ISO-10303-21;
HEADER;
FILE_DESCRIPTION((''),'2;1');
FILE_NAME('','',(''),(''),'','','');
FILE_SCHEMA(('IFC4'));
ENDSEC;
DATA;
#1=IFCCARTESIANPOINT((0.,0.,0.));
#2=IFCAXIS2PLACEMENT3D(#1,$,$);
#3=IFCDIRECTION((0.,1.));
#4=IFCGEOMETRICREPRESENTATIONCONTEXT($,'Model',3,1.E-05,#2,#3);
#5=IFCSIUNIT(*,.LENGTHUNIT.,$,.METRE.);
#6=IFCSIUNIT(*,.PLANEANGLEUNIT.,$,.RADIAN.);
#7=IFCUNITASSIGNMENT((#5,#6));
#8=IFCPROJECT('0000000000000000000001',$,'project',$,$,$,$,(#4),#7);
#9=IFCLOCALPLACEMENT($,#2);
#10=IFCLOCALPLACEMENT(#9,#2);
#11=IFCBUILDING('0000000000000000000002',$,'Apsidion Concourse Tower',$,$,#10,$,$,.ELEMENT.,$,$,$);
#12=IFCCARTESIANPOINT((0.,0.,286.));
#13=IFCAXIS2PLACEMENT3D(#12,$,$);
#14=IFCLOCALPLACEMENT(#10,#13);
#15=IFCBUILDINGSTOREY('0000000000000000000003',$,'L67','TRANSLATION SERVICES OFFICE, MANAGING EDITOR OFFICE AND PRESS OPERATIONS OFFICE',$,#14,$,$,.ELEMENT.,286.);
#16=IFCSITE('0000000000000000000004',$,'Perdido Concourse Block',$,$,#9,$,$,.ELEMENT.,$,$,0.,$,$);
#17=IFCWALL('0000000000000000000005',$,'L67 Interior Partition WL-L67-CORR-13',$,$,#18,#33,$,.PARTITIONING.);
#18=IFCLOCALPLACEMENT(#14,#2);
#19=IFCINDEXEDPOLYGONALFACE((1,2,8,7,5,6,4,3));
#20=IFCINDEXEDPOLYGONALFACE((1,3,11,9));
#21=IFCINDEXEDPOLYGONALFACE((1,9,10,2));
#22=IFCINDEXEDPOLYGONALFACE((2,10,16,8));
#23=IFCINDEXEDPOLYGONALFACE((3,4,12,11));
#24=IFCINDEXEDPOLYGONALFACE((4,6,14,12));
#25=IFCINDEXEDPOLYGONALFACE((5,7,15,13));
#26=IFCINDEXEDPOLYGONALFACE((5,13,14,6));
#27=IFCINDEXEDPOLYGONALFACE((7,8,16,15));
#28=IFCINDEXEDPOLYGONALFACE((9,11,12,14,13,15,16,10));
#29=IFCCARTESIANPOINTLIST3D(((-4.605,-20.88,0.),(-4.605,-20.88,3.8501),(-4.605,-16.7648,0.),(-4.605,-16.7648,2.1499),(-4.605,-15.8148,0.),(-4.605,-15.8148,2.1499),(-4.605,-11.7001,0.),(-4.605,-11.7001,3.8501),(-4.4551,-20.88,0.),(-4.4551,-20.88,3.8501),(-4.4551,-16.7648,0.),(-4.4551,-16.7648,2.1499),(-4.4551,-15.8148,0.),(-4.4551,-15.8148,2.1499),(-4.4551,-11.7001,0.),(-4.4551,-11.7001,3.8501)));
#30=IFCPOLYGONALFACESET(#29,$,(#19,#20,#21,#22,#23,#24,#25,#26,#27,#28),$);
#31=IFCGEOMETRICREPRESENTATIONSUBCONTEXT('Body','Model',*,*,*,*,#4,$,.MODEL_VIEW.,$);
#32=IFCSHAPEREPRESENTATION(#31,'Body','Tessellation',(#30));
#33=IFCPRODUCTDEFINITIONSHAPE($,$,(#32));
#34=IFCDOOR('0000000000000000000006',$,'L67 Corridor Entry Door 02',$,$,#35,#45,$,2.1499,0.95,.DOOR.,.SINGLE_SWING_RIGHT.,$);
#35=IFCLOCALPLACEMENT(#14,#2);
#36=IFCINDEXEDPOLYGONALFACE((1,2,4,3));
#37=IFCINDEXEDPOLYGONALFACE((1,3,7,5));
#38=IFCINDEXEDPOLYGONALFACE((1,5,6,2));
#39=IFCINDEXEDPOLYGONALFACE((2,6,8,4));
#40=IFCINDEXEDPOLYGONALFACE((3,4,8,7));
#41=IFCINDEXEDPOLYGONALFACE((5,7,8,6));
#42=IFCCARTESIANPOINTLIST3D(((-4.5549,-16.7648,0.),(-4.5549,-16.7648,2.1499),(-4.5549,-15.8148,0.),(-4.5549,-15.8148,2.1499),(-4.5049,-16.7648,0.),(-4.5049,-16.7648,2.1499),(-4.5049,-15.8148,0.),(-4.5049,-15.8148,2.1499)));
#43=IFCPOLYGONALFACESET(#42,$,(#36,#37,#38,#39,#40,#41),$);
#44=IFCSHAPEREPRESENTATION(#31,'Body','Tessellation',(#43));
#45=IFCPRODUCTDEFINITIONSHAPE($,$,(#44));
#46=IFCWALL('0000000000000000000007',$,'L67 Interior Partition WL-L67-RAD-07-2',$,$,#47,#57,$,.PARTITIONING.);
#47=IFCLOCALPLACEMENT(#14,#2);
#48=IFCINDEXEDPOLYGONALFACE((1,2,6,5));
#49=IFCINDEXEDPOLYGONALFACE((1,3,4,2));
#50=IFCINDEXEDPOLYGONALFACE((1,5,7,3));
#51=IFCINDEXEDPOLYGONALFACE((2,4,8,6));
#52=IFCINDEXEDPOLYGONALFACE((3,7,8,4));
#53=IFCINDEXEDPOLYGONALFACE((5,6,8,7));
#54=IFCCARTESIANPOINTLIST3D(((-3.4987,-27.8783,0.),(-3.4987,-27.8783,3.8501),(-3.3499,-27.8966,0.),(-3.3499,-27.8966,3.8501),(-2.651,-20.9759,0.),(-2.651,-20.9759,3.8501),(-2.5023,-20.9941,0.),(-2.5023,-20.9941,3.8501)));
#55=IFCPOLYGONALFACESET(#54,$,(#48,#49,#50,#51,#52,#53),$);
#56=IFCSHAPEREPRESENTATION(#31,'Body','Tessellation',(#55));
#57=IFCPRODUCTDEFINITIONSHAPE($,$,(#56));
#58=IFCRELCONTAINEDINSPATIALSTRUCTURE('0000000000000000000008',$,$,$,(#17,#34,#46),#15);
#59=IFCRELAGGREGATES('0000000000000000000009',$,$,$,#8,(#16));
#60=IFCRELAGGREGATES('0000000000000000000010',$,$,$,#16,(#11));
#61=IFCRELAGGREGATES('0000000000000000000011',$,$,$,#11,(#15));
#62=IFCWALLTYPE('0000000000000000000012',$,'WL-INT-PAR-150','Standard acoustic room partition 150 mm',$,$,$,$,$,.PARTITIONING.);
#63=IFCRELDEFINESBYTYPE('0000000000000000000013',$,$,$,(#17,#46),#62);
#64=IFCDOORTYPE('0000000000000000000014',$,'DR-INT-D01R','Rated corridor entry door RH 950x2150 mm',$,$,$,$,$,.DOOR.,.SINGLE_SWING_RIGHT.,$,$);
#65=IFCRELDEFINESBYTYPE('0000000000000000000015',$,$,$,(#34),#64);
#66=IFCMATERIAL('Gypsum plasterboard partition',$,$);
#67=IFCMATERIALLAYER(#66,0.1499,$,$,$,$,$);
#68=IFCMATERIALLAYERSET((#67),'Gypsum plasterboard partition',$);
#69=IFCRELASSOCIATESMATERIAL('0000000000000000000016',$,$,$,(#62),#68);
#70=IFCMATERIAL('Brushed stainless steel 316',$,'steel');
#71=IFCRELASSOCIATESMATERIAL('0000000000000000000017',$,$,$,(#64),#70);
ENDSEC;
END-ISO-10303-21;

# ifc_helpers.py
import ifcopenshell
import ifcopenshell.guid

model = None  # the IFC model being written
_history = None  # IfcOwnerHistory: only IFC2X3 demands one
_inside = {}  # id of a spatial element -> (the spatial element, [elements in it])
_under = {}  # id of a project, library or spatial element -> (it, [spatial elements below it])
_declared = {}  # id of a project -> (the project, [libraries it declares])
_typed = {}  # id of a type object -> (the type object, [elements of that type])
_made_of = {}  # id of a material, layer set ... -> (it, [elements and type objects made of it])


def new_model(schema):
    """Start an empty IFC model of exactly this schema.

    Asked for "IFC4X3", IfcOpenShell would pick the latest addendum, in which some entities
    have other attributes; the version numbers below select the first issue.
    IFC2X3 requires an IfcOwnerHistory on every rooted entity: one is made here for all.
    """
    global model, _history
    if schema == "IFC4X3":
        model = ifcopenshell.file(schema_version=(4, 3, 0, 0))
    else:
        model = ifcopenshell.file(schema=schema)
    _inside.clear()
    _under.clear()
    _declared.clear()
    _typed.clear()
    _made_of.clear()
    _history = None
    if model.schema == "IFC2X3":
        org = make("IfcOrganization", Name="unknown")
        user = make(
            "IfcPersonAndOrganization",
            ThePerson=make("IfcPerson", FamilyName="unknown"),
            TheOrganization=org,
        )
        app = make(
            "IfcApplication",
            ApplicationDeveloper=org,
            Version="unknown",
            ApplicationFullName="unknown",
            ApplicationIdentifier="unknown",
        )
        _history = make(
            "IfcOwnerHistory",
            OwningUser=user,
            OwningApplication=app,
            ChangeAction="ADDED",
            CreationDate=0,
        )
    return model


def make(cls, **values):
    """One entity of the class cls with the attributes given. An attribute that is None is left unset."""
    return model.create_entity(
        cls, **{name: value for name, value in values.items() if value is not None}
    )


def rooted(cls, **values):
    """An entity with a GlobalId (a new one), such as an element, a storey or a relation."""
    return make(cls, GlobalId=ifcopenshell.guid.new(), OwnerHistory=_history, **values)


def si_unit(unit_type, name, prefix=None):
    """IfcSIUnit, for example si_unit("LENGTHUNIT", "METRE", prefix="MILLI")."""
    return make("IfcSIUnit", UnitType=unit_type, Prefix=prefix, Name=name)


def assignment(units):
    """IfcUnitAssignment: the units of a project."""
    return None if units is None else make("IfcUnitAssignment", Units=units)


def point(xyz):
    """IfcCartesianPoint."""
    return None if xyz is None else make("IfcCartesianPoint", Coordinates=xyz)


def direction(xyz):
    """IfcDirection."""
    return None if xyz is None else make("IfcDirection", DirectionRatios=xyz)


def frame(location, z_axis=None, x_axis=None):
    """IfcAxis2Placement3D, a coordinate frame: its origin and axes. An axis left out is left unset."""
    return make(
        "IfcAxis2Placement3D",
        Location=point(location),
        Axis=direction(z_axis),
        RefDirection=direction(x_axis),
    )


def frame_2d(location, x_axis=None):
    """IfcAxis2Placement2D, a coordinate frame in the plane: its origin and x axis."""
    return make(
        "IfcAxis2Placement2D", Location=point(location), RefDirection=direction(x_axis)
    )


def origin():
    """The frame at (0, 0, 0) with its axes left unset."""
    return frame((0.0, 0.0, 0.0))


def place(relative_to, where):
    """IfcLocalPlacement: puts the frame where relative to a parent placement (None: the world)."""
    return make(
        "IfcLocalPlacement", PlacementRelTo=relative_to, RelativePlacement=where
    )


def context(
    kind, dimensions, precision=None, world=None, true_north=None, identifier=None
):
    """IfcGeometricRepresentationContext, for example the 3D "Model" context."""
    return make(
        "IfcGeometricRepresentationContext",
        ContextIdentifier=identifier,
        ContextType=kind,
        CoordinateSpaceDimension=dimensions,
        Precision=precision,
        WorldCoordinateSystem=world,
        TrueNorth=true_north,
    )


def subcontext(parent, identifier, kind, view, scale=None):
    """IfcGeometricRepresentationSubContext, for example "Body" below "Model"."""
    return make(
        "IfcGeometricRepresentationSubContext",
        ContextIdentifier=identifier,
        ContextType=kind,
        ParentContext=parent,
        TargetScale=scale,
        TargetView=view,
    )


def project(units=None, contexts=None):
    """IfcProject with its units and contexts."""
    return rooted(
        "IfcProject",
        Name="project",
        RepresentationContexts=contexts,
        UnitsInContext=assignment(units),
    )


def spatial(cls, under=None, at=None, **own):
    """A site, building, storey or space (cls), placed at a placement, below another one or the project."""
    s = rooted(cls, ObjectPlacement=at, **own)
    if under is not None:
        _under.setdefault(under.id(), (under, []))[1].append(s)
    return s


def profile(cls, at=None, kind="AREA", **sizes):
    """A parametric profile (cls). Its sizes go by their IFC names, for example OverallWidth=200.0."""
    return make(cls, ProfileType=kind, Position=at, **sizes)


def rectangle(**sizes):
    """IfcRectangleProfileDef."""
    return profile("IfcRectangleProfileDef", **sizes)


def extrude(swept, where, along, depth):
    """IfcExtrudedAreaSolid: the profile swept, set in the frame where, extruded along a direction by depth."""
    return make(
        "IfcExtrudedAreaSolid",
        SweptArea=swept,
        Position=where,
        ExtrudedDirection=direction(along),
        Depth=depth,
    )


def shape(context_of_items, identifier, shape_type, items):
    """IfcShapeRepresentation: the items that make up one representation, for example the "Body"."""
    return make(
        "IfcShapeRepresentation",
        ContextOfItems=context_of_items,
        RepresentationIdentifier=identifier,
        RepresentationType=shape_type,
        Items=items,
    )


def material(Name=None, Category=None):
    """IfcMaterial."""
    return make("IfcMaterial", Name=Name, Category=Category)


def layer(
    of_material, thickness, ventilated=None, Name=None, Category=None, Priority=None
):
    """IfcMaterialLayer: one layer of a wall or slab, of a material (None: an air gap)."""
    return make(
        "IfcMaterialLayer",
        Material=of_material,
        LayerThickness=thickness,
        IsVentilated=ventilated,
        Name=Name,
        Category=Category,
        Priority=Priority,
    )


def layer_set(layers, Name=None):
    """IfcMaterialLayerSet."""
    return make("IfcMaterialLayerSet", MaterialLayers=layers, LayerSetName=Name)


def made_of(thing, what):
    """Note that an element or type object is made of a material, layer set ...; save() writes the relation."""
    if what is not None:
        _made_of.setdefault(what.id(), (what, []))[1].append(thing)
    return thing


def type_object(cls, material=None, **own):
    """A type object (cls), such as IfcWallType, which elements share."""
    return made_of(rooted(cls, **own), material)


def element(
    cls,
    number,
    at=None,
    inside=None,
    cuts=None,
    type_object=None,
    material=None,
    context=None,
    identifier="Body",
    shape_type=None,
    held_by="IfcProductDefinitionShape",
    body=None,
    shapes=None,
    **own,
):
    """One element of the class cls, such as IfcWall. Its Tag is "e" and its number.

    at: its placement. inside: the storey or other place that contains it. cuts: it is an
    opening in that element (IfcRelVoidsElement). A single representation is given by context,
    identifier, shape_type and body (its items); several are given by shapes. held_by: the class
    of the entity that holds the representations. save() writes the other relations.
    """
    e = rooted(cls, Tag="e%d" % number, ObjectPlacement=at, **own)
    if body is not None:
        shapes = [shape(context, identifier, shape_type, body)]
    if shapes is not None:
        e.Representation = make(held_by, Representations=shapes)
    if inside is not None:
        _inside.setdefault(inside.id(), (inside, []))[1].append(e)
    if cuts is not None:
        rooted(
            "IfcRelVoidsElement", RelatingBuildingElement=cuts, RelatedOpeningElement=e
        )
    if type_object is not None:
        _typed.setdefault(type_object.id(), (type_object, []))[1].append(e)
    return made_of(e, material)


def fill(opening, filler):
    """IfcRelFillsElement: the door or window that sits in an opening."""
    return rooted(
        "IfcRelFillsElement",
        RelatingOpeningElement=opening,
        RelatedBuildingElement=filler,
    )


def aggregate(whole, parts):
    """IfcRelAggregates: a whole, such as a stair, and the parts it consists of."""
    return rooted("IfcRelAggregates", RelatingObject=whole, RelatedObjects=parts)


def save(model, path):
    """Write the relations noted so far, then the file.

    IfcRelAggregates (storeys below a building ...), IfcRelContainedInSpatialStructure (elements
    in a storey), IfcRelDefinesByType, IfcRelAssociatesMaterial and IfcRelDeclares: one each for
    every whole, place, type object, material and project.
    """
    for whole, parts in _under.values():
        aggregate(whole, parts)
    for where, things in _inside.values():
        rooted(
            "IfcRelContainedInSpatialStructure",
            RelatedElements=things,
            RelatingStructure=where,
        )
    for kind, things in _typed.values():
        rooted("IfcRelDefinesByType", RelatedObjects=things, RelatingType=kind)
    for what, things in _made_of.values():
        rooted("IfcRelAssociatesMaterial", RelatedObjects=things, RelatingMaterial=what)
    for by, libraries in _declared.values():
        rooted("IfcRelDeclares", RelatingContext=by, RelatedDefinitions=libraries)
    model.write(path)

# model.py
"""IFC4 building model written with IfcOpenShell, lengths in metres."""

from ifc_helpers import new_model, si_unit, direction, frame, frame_2d, origin, place, context, subcontext, project, spatial, rectangle, extrude, material, layer, layer_set, type_object, element, fill, save


model = new_model("IFC4")

# Units and contexts
model_context = context("Model", 3, precision=1e-05, world=origin(), true_north=direction((0.0, 1.0)))
body_context = subcontext(model_context, "Body", "Model", "MODEL_VIEW")
ifc_project = project(units=[si_unit("LENGTHUNIT", "METRE"), si_unit("PLANEANGLEUNIT", "RADIAN")], contexts=[model_context])

# Site, building, storey
site_placement = place(None, origin())
site = spatial("IfcSite", under=ifc_project, at=site_placement, Name="Perdido Concourse Block", CompositionType="ELEMENT", RefElevation=0.0)
building_placement = place(site_placement, origin())
building = spatial("IfcBuilding", under=site, at=building_placement, Name="Apsidion Concourse Tower", CompositionType="ELEMENT")
storey_placement = place(building_placement, frame((0.0, 0.0, 286.0)))
storey = spatial("IfcBuildingStorey", under=building, at=storey_placement, Name="L67", Description="TRANSLATION SERVICES OFFICE, MANAGING EDITOR OFFICE AND PRESS OPERATIONS OFFICE", CompositionType="ELEMENT", Elevation=286.0)

# Wall, opening, door
ifc_material_1 = material(Name="Gypsum plasterboard partition")
ifc_layer_1 = layer(ifc_material_1, 0.1499)
ifc_layer_set_1 = layer_set([ifc_layer_1], Name="Gypsum plasterboard partition")
wall_type_1 = type_object("IfcWallType", Name="WL-INT-PAR-150", Description="Standard acoustic room partition 150 mm", PredefinedType="PARTITIONING", material=ifc_layer_set_1)
wall_1_placement = place(storey_placement, frame((-4.53, -20.8799, 0.0), z_axis=(0.0, 0.0, 1.0), x_axis=(0.0, 1.0, 0.0)))
wall_1 = element("IfcWall", 1, at=wall_1_placement, inside=storey, type_object=wall_type_1, Name="L67 Interior Partition WL-L67-CORR-13", PredefinedType="PARTITIONING", context=body_context, shape_type="SweptSolid", body=[
    extrude(rectangle(XDim=9.1799, YDim=0.1499, at=frame_2d((4.5898, 0.0))), origin(), (0.0, 0.0, 1.0), 3.8501),
])
opening_1_placement = place(wall_1_placement, frame((4.115, 0.0, 0.0)))
opening_1 = element("IfcOpeningElement", 2, at=opening_1_placement, cuts=wall_1, PredefinedType="OPENING", context=body_context, shape_type="SweptSolid", body=[
    extrude(rectangle(XDim=0.95, YDim=2.1499, at=frame_2d((0.4751, 1.075))), frame((0.0, 0.085, 0.0), z_axis=(0.0, -1.0, 0.0), x_axis=(1.0, 0.0, 0.0)), (0.0, 0.0, 1.0), 0.1699),
])
ifc_material_2 = material(Name="Brushed stainless steel 316", Category="steel")
door_type = type_object("IfcDoorType", Name="DR-INT-D01R", Description="Rated corridor entry door RH 950x2150 mm", OperationType="SINGLE_SWING_RIGHT", PredefinedType="DOOR", material=ifc_material_2)
door_placement = place(opening_1_placement, origin())
door = element("IfcDoor", 3, at=door_placement, inside=storey, type_object=door_type, Name="L67 Corridor Entry Door 02", OperationType="SINGLE_SWING_RIGHT", OverallHeight=2.1499, OverallWidth=0.95, PredefinedType="DOOR", context=body_context, shape_type="SweptSolid", body=[
    extrude(rectangle(XDim=0.95, YDim=2.1499, at=frame_2d((0.4751, 1.075))), frame((0.0, 0.0249, 0.0), z_axis=(0.0, -1.0, 0.0), x_axis=(1.0, 0.0, 0.0)), (0.0, 0.0, 1.0), 0.05),
])
fill(opening_1, door)

# Wall
wall_2_placement = place(storey_placement, frame((-2.5767, -20.9851, 0.0), z_axis=(0.0, 0.0, 1.0), x_axis=(-0.121887, -0.992544, 0.0)))
element("IfcWall", 4, at=wall_2_placement, inside=storey, type_object=wall_type_1, Name="L67 Interior Partition WL-L67-RAD-07-2", PredefinedType="PARTITIONING", context=body_context, shape_type="SweptSolid", body=[
    extrude(rectangle(XDim=6.9543, YDim=0.1499, at=frame_2d((3.4771, 0.0))), origin(), (0.0, 0.0, 1.0), 3.8501),
])

save(model, "model.ifc")
